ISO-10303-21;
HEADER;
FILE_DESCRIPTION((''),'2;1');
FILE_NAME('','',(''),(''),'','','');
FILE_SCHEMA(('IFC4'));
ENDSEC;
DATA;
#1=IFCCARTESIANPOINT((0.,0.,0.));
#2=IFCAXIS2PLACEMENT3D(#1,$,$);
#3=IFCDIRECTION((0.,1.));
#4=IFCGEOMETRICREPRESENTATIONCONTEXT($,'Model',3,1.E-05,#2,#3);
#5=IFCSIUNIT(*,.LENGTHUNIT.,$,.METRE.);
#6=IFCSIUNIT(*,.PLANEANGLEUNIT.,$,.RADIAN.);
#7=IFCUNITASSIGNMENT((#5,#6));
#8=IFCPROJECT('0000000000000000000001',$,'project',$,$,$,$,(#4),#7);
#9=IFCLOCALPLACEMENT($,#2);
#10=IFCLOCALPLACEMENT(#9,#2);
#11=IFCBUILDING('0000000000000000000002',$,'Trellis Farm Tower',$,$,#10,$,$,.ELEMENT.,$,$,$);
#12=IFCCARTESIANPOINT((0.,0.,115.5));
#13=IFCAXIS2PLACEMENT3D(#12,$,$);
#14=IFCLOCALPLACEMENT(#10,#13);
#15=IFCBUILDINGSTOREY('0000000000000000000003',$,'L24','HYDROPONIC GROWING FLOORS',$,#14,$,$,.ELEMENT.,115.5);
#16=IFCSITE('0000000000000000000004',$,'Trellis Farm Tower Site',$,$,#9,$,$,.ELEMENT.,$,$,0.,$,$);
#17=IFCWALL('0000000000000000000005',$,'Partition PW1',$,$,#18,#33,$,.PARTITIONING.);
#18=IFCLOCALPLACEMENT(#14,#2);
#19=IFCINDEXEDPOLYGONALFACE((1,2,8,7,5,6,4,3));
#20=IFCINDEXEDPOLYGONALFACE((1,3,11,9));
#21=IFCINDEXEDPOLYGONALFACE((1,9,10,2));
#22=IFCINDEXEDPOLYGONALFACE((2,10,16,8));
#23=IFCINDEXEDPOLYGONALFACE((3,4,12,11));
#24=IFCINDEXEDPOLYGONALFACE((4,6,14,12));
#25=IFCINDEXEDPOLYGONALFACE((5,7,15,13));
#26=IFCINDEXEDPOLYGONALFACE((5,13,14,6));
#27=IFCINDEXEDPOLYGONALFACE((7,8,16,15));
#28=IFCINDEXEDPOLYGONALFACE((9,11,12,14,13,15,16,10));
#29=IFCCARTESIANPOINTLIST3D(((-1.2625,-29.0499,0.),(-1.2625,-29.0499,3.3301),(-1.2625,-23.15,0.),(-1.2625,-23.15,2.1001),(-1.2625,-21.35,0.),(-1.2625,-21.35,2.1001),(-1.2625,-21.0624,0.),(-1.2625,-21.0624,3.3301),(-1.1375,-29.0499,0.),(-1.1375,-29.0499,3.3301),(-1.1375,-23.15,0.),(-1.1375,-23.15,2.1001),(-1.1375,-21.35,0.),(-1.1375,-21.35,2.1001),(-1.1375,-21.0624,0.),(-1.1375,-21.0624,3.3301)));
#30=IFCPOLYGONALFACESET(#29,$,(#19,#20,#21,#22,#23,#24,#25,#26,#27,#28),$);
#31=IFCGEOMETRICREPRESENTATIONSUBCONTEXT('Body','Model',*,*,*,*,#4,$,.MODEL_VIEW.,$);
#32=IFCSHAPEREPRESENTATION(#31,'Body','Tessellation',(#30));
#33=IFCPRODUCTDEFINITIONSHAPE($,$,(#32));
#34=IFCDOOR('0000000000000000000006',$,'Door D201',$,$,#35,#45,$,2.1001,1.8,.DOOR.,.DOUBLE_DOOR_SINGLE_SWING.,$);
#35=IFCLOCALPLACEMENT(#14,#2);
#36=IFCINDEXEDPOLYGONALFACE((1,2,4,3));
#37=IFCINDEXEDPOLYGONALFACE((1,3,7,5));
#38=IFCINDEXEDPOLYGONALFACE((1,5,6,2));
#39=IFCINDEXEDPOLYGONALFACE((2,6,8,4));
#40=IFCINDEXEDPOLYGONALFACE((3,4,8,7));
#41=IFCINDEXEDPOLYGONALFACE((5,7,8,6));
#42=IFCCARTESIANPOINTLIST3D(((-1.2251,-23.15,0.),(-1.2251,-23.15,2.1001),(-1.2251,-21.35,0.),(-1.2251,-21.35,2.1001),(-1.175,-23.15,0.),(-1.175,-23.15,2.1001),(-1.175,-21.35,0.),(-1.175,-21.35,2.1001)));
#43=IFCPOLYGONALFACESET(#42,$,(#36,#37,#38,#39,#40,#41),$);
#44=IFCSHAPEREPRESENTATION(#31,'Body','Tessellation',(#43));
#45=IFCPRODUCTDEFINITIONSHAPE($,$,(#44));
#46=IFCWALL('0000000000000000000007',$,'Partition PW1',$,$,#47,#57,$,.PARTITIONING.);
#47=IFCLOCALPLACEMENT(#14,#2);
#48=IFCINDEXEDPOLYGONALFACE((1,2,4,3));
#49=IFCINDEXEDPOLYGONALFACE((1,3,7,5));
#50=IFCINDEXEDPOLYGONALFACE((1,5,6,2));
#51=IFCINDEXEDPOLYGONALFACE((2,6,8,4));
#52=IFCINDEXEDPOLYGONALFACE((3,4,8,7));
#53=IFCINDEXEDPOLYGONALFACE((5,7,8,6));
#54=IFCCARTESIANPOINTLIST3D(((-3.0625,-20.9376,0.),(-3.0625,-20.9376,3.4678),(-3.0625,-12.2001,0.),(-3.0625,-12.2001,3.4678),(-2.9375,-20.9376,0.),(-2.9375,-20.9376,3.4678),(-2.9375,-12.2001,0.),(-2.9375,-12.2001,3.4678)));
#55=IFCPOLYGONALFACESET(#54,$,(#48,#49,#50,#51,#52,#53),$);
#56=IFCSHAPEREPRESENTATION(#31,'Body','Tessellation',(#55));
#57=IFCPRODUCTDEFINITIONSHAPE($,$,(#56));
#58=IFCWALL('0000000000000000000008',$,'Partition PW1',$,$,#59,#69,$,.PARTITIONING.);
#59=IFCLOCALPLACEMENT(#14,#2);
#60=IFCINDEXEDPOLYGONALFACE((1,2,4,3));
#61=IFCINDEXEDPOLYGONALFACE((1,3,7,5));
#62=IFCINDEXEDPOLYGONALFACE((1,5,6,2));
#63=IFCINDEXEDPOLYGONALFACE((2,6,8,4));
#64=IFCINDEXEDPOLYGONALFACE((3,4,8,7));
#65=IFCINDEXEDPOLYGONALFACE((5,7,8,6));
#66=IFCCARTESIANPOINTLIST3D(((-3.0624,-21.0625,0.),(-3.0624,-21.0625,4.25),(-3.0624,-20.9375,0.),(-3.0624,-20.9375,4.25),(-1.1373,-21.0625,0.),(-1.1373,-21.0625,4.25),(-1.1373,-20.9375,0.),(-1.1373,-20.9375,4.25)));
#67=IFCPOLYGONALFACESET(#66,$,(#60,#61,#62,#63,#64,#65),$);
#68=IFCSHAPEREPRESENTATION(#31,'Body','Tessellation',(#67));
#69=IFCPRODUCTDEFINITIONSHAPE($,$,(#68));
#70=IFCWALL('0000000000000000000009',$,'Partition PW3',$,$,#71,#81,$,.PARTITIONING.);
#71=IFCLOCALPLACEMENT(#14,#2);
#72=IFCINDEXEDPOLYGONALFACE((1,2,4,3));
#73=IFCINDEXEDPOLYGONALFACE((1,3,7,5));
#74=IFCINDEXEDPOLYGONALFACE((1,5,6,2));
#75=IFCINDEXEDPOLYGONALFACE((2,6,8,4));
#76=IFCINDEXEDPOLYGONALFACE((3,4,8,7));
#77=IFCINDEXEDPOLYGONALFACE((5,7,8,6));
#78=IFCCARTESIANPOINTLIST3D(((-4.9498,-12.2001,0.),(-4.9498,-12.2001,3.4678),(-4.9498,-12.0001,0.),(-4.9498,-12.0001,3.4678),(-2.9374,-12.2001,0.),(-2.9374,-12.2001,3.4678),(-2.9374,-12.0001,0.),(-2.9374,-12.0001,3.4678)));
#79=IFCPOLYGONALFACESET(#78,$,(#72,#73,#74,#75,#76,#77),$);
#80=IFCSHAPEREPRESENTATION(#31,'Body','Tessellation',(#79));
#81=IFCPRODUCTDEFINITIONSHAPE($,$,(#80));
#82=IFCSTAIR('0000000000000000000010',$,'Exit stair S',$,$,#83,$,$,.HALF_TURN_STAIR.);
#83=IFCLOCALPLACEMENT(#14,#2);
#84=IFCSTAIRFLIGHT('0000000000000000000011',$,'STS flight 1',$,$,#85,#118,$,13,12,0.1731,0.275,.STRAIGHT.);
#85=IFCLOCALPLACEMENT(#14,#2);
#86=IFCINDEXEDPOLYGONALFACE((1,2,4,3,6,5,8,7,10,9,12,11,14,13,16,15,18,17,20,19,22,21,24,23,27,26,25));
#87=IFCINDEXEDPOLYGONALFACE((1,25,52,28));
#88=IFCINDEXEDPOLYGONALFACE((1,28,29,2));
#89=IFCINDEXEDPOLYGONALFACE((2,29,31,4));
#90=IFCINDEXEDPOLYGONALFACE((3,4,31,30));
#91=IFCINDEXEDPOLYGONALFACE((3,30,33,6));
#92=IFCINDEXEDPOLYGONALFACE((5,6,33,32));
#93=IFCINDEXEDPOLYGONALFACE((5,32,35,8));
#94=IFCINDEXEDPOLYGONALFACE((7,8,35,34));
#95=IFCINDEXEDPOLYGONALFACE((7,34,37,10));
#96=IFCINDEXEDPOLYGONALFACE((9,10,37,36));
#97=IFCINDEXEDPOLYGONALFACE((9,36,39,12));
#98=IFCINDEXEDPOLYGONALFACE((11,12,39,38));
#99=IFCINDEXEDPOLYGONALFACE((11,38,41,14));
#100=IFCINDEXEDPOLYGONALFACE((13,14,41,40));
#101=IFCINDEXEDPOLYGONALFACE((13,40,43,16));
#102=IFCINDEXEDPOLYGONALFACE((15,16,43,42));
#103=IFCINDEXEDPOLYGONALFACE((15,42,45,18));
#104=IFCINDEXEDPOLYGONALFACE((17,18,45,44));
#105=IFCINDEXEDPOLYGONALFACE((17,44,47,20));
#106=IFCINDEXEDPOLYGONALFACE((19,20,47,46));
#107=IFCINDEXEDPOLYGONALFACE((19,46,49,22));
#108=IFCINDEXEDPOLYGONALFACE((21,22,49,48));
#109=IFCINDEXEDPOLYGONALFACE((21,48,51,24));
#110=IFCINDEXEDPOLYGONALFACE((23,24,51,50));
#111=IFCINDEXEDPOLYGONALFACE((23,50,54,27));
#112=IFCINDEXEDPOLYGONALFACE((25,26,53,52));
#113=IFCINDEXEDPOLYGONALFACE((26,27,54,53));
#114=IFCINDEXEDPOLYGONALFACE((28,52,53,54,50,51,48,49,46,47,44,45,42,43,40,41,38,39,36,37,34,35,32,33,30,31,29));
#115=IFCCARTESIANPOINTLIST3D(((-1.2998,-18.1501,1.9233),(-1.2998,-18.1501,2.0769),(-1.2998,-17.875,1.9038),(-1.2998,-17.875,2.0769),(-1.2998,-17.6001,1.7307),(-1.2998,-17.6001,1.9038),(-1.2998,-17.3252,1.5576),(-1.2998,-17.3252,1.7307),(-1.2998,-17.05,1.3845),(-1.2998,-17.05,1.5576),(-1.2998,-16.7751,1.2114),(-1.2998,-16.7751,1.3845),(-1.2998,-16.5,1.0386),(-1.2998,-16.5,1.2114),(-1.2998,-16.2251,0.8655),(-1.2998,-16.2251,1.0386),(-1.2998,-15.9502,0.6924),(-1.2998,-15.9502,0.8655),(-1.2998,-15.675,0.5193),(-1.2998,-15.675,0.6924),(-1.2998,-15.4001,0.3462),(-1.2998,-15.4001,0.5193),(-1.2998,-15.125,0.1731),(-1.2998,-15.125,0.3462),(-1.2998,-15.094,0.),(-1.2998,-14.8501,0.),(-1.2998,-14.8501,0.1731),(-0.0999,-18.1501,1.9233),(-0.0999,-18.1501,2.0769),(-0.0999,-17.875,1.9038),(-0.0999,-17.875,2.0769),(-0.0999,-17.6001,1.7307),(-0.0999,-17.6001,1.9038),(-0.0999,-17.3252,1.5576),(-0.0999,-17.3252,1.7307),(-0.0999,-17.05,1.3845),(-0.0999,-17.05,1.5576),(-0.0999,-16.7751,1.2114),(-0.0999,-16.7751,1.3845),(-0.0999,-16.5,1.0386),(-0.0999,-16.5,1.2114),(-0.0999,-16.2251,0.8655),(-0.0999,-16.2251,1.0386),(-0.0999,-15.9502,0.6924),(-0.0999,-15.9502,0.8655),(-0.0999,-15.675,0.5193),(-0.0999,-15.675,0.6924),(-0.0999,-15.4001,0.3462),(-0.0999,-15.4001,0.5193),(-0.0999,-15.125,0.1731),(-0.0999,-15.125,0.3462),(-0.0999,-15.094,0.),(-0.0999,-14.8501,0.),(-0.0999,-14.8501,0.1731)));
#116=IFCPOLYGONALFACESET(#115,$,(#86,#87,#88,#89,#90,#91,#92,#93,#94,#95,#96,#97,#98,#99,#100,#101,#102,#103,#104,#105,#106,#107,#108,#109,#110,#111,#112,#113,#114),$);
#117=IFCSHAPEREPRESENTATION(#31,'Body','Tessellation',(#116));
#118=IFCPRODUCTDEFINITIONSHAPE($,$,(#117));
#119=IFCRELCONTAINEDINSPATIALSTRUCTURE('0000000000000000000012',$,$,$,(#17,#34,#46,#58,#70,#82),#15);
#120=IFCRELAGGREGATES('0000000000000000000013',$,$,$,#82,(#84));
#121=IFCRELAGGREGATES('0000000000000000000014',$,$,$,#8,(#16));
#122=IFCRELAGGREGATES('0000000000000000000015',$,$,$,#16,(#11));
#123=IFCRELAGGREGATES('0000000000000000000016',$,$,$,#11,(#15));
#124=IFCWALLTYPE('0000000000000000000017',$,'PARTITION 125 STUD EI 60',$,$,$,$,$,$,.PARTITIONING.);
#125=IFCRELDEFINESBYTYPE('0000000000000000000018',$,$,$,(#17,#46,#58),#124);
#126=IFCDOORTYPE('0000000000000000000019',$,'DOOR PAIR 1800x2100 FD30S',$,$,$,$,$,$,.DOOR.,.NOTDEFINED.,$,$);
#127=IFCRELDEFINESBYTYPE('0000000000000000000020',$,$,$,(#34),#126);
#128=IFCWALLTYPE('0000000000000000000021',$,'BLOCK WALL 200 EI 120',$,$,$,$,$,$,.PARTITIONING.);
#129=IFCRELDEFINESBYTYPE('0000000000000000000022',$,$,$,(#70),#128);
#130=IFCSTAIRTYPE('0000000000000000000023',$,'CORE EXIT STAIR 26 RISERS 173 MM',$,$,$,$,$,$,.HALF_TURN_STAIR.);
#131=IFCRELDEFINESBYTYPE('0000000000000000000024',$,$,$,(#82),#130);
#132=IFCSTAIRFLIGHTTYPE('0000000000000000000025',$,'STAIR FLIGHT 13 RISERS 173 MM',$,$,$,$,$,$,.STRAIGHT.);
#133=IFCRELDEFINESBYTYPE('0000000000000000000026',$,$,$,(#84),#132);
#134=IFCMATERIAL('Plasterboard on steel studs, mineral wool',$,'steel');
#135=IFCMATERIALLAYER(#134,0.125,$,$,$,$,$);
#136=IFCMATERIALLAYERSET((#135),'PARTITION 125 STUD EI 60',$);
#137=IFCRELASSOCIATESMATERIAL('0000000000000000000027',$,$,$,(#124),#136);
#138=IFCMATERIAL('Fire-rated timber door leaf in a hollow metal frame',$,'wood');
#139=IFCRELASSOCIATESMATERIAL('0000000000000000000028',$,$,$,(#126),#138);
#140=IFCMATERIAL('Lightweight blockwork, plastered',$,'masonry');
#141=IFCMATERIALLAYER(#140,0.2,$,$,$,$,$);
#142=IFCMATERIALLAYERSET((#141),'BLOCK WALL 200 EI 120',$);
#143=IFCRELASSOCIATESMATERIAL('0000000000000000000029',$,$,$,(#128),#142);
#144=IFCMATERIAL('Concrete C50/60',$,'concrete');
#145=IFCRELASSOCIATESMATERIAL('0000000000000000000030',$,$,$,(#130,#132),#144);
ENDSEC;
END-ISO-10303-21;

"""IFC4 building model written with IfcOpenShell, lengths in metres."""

from ifc_helpers import new_model, si_unit, direction, frame, frame_2d, origin, place, context, subcontext, project, spatial, polyline, rectangle, outline, extrude, source, transform, mapped, material, layer, layer_set, type_object, element, fill, aggregate, save


model = new_model("IFC4")

# Units and contexts
model_context = context("Model", 3, precision=1e-05, world=origin(), true_north=direction((0.0, 1.0)))
body_context = subcontext(model_context, "Body", "Model", "MODEL_VIEW")
ifc_project = project(units=[si_unit("LENGTHUNIT", "METRE"), si_unit("PLANEANGLEUNIT", "RADIAN")], contexts=[model_context])

# Site, building, storey
site_placement = place(None, origin())
site = spatial("IfcSite", under=ifc_project, at=site_placement, Name="Trellis Farm Tower Site", CompositionType="ELEMENT", RefElevation=0.0)
building_placement = place(site_placement, origin())
building = spatial("IfcBuilding", under=site, at=building_placement, Name="Trellis Farm Tower", CompositionType="ELEMENT")
storey_placement = place(building_placement, frame((0.0, 0.0, 115.5)))
storey = spatial("IfcBuildingStorey", under=building, at=storey_placement, Name="L24", Description="HYDROPONIC GROWING FLOORS", CompositionType="ELEMENT", Elevation=115.5)

# Shared definitions
placement = place(storey_placement, origin())

# Shared definitions
ifc_material_1 = material(Name="Plasterboard on steel studs, mineral wool", Category="steel")
ifc_layer_1 = layer(ifc_material_1, 0.125)
ifc_layer_set_1 = layer_set([ifc_layer_1], Name="PARTITION 125 STUD EI 60")
wall_type_1 = type_object("IfcWallType", Name="PARTITION 125 STUD EI 60", PredefinedType="PARTITIONING", material=ifc_layer_set_1)

# Wall, opening, door
shared_shape_1 = source(origin(), body_context, "Body", "SweptSolid", [
    extrude(rectangle(XDim=7.9875, YDim=0.125, at=frame_2d((3.9937, 0.0))), origin(), (0.0, 0.0, 1.0), 3.3301),
])
wall_1_placement = place(storey_placement, frame((-1.2, -21.0625, 0.0), z_axis=(0.0, 0.0, 1.0), x_axis=(0.0, -1.0, 0.0)))
wall_1 = element("IfcWall", 1, at=wall_1_placement, inside=storey, type_object=wall_type_1, Name="Partition PW1", PredefinedType="PARTITIONING", context=body_context, shape_type="MappedRepresentation", body=[
    mapped(shared_shape_1, transform((0.0, 0.0, 0.0))),
])
shared_shape_2 = source(origin(), body_context, "Body", "SweptSolid", [
    extrude(rectangle(XDim=1.8, YDim=2.1001, at=frame_2d((0.8999, 1.05))), frame((0.0, 0.0725, 0.0), z_axis=(0.0, -1.0, 0.0), x_axis=(1.0, 0.0, 0.0)), (0.0, 0.0, 1.0), 0.145),
])
opening_placement = place(wall_1_placement, frame((0.2876, 0.0, 0.0)))
opening = element("IfcOpeningElement", 2, at=opening_placement, cuts=wall_1, PredefinedType="OPENING", context=body_context, shape_type="MappedRepresentation", body=[
    mapped(shared_shape_2, transform((0.0, 0.0, 0.0))),
])
ifc_material_2 = material(Name="Fire-rated timber door leaf in a hollow metal frame", Category="wood")
door_type = type_object("IfcDoorType", Name="DOOR PAIR 1800x2100 FD30S", OperationType="NOTDEFINED", PredefinedType="DOOR", material=ifc_material_2)
shared_shape_3 = source(origin(), body_context, "Body", "SweptSolid", [
    extrude(rectangle(XDim=1.8, YDim=2.1001, at=frame_2d((0.8999, 1.05))), frame((0.0, 0.0249, 0.0), z_axis=(0.0, -1.0, 0.0), x_axis=(1.0, 0.0, 0.0)), (0.0, 0.0, 1.0), 0.05),
])
door_placement = place(opening_placement, origin())
door = element("IfcDoor", 3, at=door_placement, inside=storey, type_object=door_type, Name="Door D201", OperationType="DOUBLE_DOOR_SINGLE_SWING", OverallHeight=2.1001, OverallWidth=1.8, PredefinedType="DOOR", context=body_context, shape_type="MappedRepresentation", body=[
    mapped(shared_shape_3, transform((0.0, 0.0, 0.0))),
])
fill(opening, door)

# Walls
shared_shape_4 = source(origin(), body_context, "Body", "SweptSolid", [
    extrude(rectangle(XDim=8.7375, YDim=0.125, at=frame_2d((4.3687, 0.0))), origin(), (0.0, 0.0, 1.0), 3.4678),
])
wall_2_placement = place(storey_placement, frame((-3.0, -20.9375, 0.0), z_axis=(0.0, 0.0, 1.0), x_axis=(0.0, 1.0, 0.0)))
element("IfcWall", 4, at=wall_2_placement, inside=storey, type_object=wall_type_1, Name="Partition PW1", PredefinedType="PARTITIONING", context=body_context, shape_type="MappedRepresentation", body=[
    mapped(shared_shape_4, transform((0.0, 0.0, 0.0))),
])
shared_shape_5 = source(origin(), body_context, "Body", "SweptSolid", [
    extrude(rectangle(XDim=1.925, YDim=0.125, at=frame_2d((0.9624, 0.0))), origin(), (0.0, 0.0, 1.0), 4.25),
])
wall_3_placement = place(storey_placement, frame((-1.1375, -21.0, 0.0), z_axis=(0.0, 0.0, 1.0), x_axis=(-1.0, 0.0, 0.0)))
element("IfcWall", 5, at=wall_3_placement, inside=storey, type_object=wall_type_1, Name="Partition PW1", PredefinedType="PARTITIONING", context=body_context, shape_type="MappedRepresentation", body=[
    mapped(shared_shape_5, transform((0.0, 0.0, 0.0))),
])
ifc_material_3 = material(Name="Lightweight blockwork, plastered", Category="masonry")
ifc_layer_2 = layer(ifc_material_3, 0.2)
ifc_layer_set_2 = layer_set([ifc_layer_2], Name="BLOCK WALL 200 EI 120")
wall_type_2 = type_object("IfcWallType", Name="BLOCK WALL 200 EI 120", PredefinedType="PARTITIONING", material=ifc_layer_set_2)
shared_shape_6 = source(origin(), body_context, "Body", "SweptSolid", [
    extrude(rectangle(XDim=2.0125, YDim=0.2, at=frame_2d((1.0063, 0.0))), origin(), (0.0, 0.0, 1.0), 3.4678),
])
wall_4_placement = place(storey_placement, frame((-4.95, -12.1001, 0.0), z_axis=(0.0, 0.0, 1.0), x_axis=(1.0, 0.0, 0.0)))
element("IfcWall", 6, at=wall_4_placement, inside=storey, type_object=wall_type_2, Name="Partition PW3", PredefinedType="PARTITIONING", context=body_context, shape_type="MappedRepresentation", body=[
    mapped(shared_shape_6, transform((0.0, 0.0, 0.0))),
])

# Stair, stair flight
ifc_material_4 = material(Name="Concrete C50/60", Category="concrete")
stair_type = type_object("IfcStairType", Name="CORE EXIT STAIR 26 RISERS 173 MM", PredefinedType="HALF_TURN_STAIR", material=ifc_material_4)
stair = element("IfcStair", 7, at=placement, inside=storey, type_object=stair_type, Name="Exit stair S", PredefinedType="HALF_TURN_STAIR")
stair_flight_type = type_object("IfcStairFlightType", Name="STAIR FLIGHT 13 RISERS 173 MM", PredefinedType="STRAIGHT", material=ifc_material_4)
shared_shape_7 = source(origin(), body_context, "Body", "SweptSolid", [
    extrude(outline(polyline([(0.0, 0.0), (0.0, 0.1731), (0.2749, 0.1731), (0.2749, 0.3462), (0.55, 0.3462), (0.55, 0.5193), (0.825, 0.5193), (0.825, 0.6924), (1.1001, 0.6924), (1.1001, 0.8655), (1.375, 0.8655), (1.375, 1.0386), (1.6499, 1.0386), (1.6499, 1.2114), (1.925, 1.2114), (1.925, 1.3845), (2.2, 1.3845), (2.2, 1.5576), (2.4751, 1.5576), (2.4751, 1.7307), (2.75, 1.7307), (2.75, 1.9038), (3.0249, 1.9038), (3.0249, 2.0769), (3.3, 2.0769), (3.3, 2.25), (3.3, 1.9233), (0.2439, 0.0), (0.0, 0.0)])), frame((0.0, 0.6001, 0.0), z_axis=(0.0, -1.0, 0.0), x_axis=(1.0, 0.0, 0.0)), (0.0, 0.0, 1.0), 1.2),
])
stair_flight_placement = place(storey_placement, frame((-0.7, -14.8501, 0.0), z_axis=(0.0, 0.0, 1.0), x_axis=(0.0, -1.0, 0.0)))
stair_flight = element("IfcStairFlight", 8, at=stair_flight_placement, type_object=stair_flight_type, Name="STS flight 1", NumberOfRisers=13, NumberOfTreads=12, PredefinedType="STRAIGHT", RiserHeight=0.1731, TreadLength=0.275, context=body_context, shape_type="MappedRepresentation", body=[
    mapped(shared_shape_7, transform((0.0, 0.0, 0.0))),
])
aggregate(stair, [stair_flight])

save(model, "model.ifc")
